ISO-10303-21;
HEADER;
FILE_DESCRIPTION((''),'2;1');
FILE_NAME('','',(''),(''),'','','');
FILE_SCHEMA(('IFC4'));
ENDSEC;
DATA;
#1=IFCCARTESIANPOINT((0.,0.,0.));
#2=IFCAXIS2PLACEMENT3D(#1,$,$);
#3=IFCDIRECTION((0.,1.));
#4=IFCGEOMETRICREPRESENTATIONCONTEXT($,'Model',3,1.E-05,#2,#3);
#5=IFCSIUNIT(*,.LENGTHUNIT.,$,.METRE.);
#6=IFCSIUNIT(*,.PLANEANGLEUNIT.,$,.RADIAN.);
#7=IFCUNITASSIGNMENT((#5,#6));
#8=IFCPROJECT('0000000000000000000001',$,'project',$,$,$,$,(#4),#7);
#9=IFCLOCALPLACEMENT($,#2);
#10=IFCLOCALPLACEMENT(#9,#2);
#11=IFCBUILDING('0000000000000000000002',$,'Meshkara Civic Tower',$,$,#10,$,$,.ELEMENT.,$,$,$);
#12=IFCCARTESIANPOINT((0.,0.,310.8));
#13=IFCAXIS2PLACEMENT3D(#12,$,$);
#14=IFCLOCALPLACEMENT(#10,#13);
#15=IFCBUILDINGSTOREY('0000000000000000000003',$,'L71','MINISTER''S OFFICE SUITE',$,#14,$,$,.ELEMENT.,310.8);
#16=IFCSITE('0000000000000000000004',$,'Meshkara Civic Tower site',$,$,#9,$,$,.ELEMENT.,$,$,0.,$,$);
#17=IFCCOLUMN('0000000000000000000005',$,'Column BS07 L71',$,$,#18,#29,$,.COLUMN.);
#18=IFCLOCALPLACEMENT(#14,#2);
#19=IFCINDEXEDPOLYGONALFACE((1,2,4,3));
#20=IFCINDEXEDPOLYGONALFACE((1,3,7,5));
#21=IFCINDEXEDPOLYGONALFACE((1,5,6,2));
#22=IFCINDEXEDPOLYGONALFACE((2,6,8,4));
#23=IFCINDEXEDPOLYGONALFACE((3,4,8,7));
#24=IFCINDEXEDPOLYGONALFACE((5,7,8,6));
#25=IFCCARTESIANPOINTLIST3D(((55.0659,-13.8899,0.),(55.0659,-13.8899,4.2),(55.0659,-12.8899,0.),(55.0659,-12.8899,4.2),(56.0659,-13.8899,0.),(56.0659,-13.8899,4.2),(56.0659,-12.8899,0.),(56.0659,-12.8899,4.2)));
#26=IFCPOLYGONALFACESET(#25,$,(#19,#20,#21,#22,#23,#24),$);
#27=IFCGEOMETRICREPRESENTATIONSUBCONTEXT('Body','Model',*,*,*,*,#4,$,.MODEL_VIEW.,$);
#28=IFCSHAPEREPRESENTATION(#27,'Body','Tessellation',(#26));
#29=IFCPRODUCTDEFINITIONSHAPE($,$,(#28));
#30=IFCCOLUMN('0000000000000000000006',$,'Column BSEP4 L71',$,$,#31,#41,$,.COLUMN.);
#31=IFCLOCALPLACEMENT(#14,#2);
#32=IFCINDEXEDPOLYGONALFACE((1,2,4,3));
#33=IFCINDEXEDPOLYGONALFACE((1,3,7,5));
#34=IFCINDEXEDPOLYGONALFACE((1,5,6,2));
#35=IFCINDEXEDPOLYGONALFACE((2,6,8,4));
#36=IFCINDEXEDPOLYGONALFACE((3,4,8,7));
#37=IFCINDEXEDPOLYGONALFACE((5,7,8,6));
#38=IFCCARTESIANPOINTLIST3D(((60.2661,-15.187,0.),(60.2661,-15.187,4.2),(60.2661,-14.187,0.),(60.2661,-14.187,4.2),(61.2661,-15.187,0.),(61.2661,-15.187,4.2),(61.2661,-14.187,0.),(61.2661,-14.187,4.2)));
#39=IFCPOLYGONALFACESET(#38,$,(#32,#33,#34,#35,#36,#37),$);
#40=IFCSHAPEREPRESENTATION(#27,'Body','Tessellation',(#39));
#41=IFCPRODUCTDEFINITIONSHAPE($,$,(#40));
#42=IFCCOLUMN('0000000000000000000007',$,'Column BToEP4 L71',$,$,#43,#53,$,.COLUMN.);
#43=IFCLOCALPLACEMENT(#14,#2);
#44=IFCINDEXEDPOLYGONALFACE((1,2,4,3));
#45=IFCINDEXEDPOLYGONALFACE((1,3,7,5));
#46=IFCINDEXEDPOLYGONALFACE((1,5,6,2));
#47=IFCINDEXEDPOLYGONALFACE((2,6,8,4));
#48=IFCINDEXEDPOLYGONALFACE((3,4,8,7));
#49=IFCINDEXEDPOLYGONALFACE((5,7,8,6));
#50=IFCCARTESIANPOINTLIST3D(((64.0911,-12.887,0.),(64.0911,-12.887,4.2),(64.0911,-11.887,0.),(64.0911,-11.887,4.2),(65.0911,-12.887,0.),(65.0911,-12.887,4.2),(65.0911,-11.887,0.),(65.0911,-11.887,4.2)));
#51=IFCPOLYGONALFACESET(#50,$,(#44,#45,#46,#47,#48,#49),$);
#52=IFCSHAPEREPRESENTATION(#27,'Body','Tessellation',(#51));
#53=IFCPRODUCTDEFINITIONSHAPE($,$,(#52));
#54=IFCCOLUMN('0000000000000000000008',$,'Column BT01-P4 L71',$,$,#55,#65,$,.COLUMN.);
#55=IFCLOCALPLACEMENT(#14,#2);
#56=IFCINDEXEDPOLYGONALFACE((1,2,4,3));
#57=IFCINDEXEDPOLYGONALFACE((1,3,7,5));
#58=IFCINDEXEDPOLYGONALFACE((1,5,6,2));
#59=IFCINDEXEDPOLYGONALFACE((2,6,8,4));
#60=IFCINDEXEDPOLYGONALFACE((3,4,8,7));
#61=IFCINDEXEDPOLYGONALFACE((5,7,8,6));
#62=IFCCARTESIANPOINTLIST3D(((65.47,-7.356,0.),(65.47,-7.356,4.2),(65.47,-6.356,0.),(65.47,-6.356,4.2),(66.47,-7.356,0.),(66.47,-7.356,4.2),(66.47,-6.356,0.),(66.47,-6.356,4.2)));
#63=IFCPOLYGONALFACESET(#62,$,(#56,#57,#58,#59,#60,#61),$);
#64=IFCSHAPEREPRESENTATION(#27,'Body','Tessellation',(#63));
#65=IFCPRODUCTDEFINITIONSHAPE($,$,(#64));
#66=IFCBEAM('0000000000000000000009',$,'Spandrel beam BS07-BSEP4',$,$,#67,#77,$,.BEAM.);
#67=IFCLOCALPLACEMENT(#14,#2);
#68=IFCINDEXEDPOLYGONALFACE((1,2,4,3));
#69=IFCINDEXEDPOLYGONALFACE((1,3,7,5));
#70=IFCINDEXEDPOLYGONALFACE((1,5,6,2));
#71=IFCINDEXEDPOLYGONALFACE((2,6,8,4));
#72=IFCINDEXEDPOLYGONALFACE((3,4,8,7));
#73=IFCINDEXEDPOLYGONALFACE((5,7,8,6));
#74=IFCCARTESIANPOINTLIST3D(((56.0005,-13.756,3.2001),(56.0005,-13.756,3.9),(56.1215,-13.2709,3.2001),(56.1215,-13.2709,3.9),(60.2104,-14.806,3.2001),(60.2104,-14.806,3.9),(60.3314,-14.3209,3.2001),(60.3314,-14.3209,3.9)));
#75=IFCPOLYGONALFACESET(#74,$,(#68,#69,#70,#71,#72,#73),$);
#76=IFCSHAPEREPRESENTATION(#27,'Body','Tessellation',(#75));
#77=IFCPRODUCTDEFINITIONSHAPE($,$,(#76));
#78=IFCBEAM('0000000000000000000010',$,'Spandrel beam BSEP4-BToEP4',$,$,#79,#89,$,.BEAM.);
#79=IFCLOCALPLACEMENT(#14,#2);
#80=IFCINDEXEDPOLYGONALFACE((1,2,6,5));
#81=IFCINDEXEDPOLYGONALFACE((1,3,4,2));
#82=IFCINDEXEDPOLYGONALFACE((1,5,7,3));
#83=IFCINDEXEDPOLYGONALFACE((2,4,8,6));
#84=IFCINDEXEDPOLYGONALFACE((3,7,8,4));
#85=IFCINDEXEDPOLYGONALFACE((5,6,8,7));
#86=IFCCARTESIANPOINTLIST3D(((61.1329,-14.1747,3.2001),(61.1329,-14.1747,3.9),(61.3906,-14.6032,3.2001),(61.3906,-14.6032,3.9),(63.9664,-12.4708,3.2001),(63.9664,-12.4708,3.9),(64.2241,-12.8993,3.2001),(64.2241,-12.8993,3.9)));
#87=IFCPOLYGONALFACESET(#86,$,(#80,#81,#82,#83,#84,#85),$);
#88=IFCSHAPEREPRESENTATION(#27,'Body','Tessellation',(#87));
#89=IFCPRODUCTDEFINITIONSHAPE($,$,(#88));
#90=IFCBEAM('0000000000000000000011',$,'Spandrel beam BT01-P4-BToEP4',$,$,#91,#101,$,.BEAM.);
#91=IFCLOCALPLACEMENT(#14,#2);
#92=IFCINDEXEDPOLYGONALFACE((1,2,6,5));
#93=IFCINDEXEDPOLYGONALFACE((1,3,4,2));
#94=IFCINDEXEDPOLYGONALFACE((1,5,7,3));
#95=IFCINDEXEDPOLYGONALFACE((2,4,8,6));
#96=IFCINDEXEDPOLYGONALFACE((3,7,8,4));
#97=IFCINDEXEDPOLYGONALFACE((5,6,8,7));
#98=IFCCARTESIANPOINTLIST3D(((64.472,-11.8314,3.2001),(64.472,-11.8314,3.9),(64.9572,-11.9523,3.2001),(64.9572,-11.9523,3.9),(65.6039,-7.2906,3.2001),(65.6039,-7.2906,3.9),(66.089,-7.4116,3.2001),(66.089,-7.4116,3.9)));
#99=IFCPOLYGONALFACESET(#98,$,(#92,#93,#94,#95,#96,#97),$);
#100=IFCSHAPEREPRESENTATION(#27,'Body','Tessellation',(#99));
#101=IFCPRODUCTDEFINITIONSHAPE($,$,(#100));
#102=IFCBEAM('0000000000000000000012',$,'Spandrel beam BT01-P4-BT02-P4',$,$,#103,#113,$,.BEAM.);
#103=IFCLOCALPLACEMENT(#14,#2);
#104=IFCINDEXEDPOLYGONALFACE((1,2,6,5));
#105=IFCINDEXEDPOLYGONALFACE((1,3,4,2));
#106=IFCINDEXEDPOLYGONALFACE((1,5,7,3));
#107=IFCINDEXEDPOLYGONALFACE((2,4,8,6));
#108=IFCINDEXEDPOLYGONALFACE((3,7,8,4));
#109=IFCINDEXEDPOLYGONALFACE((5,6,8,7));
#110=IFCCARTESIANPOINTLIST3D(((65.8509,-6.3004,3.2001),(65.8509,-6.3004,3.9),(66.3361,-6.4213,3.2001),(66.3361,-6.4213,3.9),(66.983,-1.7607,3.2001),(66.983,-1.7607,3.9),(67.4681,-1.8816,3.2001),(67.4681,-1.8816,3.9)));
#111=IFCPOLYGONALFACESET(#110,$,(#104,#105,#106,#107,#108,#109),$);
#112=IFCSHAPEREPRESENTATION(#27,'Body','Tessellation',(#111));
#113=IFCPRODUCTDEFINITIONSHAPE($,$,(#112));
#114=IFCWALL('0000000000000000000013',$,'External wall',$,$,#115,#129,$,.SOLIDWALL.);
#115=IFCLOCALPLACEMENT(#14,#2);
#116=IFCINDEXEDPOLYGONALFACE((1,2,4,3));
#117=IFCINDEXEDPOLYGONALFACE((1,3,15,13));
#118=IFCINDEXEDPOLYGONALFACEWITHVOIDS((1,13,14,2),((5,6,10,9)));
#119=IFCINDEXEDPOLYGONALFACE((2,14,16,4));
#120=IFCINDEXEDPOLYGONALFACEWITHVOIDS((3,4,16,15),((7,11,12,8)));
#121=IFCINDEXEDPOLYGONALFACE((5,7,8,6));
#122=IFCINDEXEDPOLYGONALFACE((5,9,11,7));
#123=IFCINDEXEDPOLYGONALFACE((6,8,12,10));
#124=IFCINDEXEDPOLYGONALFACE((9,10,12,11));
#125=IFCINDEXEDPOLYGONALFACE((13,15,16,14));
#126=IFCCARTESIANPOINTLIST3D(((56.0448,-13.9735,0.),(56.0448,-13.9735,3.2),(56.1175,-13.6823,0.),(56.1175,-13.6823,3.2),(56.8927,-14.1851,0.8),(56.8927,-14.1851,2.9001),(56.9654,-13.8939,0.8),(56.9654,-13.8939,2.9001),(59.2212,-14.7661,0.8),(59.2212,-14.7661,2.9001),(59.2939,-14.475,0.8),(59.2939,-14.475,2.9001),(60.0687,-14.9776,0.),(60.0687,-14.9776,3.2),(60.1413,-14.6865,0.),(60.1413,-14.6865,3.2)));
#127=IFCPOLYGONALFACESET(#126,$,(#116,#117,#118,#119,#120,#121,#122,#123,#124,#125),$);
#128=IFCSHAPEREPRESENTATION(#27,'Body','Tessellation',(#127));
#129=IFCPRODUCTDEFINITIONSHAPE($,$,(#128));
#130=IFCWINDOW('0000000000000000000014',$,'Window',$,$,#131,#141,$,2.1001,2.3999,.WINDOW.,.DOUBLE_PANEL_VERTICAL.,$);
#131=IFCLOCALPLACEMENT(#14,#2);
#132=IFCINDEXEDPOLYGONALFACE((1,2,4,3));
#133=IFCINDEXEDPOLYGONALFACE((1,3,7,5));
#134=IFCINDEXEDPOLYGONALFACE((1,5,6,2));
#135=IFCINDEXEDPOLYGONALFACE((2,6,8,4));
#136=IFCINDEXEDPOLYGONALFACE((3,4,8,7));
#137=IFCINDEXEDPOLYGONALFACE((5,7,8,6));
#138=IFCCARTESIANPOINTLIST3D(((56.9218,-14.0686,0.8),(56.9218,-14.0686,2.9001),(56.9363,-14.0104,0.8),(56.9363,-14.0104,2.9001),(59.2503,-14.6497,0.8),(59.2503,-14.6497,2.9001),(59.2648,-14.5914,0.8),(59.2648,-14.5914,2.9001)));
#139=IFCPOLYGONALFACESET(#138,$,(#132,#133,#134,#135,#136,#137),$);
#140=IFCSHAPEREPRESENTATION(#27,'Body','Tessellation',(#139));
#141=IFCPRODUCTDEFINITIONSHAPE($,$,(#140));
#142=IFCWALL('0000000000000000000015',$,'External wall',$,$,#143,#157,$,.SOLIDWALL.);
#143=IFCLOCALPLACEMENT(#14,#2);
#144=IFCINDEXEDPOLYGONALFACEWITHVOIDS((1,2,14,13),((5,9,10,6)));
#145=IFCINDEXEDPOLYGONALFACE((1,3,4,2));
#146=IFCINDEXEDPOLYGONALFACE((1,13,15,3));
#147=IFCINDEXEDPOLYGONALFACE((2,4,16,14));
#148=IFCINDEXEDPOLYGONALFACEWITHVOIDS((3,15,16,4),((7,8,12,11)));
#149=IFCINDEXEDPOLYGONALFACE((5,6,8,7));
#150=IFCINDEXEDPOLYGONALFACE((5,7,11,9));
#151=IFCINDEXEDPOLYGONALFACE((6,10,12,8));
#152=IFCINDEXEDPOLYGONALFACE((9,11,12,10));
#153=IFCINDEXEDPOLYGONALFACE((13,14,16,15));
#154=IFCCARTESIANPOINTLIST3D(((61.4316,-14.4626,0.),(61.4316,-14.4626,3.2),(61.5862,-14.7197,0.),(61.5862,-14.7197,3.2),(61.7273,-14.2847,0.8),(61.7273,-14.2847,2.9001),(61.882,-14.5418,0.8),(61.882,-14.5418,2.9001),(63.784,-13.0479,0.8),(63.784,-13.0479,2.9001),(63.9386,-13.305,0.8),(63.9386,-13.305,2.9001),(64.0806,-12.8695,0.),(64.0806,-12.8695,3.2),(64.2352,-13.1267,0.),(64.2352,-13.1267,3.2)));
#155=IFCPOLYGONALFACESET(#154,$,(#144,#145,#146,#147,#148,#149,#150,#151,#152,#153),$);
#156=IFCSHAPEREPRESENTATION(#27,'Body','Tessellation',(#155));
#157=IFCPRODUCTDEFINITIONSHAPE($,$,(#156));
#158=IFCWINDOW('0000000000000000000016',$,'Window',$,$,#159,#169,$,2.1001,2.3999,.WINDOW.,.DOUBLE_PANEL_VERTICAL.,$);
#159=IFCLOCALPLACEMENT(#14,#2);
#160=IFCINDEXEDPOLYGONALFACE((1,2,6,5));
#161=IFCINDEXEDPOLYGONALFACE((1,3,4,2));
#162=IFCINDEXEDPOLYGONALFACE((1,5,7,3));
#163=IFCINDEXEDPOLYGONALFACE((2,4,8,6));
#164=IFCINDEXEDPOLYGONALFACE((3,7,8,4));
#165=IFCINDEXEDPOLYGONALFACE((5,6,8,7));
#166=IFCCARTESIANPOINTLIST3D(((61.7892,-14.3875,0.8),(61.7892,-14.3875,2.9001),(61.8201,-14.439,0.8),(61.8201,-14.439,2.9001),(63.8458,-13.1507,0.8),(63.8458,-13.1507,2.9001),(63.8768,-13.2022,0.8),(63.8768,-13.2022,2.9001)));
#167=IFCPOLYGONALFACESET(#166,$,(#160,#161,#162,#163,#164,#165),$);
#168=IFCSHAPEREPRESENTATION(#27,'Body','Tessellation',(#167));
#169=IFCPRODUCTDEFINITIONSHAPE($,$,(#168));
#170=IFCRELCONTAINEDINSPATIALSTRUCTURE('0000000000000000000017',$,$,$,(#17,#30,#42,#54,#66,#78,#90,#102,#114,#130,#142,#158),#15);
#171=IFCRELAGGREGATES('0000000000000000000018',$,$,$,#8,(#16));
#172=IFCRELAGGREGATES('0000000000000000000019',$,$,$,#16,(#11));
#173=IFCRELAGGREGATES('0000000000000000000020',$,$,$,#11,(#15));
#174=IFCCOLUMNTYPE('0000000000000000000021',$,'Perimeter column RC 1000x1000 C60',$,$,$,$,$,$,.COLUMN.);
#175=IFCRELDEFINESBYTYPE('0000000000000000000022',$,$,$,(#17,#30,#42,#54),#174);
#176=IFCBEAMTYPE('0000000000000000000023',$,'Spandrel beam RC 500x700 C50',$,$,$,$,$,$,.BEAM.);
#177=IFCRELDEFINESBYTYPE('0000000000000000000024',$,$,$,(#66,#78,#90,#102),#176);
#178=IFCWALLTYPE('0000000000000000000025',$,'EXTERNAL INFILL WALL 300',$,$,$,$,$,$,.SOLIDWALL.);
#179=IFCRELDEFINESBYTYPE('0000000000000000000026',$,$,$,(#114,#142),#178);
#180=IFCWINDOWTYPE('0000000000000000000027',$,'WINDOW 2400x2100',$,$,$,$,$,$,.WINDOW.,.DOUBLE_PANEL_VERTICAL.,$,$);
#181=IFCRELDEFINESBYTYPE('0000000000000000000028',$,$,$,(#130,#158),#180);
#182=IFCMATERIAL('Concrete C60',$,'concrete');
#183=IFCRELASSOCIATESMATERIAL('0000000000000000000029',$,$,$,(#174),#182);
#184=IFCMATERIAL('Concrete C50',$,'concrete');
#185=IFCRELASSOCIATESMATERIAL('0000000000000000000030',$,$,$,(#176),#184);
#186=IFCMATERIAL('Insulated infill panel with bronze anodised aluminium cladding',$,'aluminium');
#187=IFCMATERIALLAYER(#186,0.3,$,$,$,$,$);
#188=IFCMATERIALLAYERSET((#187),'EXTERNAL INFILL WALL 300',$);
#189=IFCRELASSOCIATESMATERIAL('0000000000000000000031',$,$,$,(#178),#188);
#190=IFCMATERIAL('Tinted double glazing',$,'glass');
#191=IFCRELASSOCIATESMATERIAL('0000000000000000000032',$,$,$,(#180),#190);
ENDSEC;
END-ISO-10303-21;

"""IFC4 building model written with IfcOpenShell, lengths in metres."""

from ifc_helpers import new_model, si_unit, direction, frame, frame_2d, origin, origin_2d, place, context, subcontext, project, spatial, rectangle, extrude, material, layer, layer_set, material_profile, profile_set, type_object, element, fill, save


model = new_model("IFC4")

# Units and contexts
model_context = context("Model", 3, precision=1e-05, world=origin(), true_north=direction((0.0, 1.0)))
body_context = subcontext(model_context, "Body", "Model", "MODEL_VIEW")
ifc_project = project(units=[si_unit("LENGTHUNIT", "METRE"), si_unit("PLANEANGLEUNIT", "RADIAN")], contexts=[model_context])

# Site, building, storey
site_placement = place(None, origin())
site = spatial("IfcSite", under=ifc_project, at=site_placement, Name="Meshkara Civic Tower site", CompositionType="ELEMENT", RefElevation=0.0)
building_placement = place(site_placement, origin())
building = spatial("IfcBuilding", under=site, at=building_placement, Name="Meshkara Civic Tower", CompositionType="ELEMENT")
storey_placement = place(building_placement, frame((0.0, 0.0, 310.8)))
storey = spatial("IfcBuildingStorey", under=building, at=storey_placement, Name="L71", Description="MINISTER'S OFFICE SUITE", CompositionType="ELEMENT", Elevation=310.8)

# Columns
ifc_material_1 = material(Name="Concrete C60", Category="concrete")
ifc_material_profile_1 = material_profile(ifc_material_1, rectangle(XDim=1.0, YDim=1.0, at=origin_2d()))
ifc_profile_set_1 = profile_set([ifc_material_profile_1], Name="Concrete C60")
column_type = type_object("IfcColumnType", Name="Perimeter column RC 1000x1000 C60", PredefinedType="COLUMN", material=ifc_profile_set_1)
for number, where, z_axis, x_axis, name in (
    (1, (55.5659, -13.3899, 0.0), (0.0, 0.0, 1.0), (1.0, 0.0, 0.0), "Column BS07 L71"),
    (2, (60.7661, -14.687, 0.0), (0.0, 0.0, 1.0), (1.0, 0.0, 0.0), "Column BSEP4 L71"),
    (3, (64.5911, -12.387, 0.0), (0.0, 0.0, 1.0), (1.0, 0.0, 0.0), "Column BToEP4 L71"),
    (4, (65.97, -6.856, 0.0), (0.0, 0.0, 1.0), (1.0, 0.0, 0.0), "Column BT01-P4 L71"),
):
    element("IfcColumn", number, at=place(storey_placement, frame(where, z_axis=z_axis, x_axis=x_axis)), inside=storey, type_object=column_type, Name=name, PredefinedType="COLUMN", context=body_context, shape_type="SweptSolid", body=[
        extrude(rectangle(XDim=1.0, YDim=1.0, at=origin_2d()), origin(), (0.0, 0.0, 1.0), 4.2),
    ])

# Beams
ifc_material_2 = material(Name="Concrete C50", Category="concrete")
ifc_material_profile_2 = material_profile(ifc_material_2, rectangle(XDim=0.5, YDim=0.7, at=origin_2d()))
ifc_profile_set_2 = profile_set([ifc_material_profile_2], Name="Concrete C50")
beam_type = type_object("IfcBeamType", Name="Spandrel beam RC 500x700 C50", PredefinedType="BEAM", material=ifc_profile_set_2)
beam_1_placement = place(storey_placement, frame((56.061, -13.5134, 3.55), z_axis=(0.970275, -0.242006, 0.0), x_axis=(0.242006, 0.970275, 0.0)))
element("IfcBeam", 5, at=beam_1_placement, inside=storey, type_object=beam_type, Name="Spandrel beam BS07-BSEP4", PredefinedType="BEAM", context=body_context, shape_type="SweptSolid", body=[
    extrude(rectangle(XDim=0.5, YDim=0.7, at=origin_2d()), origin(), (0.0, 0.0, 1.0), 4.3389),
])
beam_2_placement = place(storey_placement, frame((61.2617, -14.3889, 3.55), z_axis=(0.856991, 0.515332, 0.0), x_axis=(-0.515332, 0.856991, 0.0)))
element("IfcBeam", 6, at=beam_2_placement, inside=storey, type_object=beam_type, Name="Spandrel beam BSEP4-BToEP4", PredefinedType="BEAM", context=body_context, shape_type="SweptSolid", body=[
    extrude(rectangle(XDim=0.5, YDim=0.7, at=origin_2d()), origin(), (0.0, 0.0, 1.0), 3.3064),
])
beam_3_placement = place(storey_placement, frame((64.7146, -11.8918, 3.55), z_axis=(0.24186, 0.970311, 0.0), x_axis=(-0.970311, 0.24186, 0.0)))
element("IfcBeam", 7, at=beam_3_placement, inside=storey, type_object=beam_type, Name="Spandrel beam BT01-P4-BToEP4", PredefinedType="BEAM", context=body_context, shape_type="SweptSolid", body=[
    extrude(rectangle(XDim=0.5, YDim=0.7, at=origin_2d()), origin(), (0.0, 0.0, 1.0), 4.6797),
])
beam_4_placement = place(storey_placement, frame((66.0935, -6.3608, 3.55), z_axis=(0.241959, 0.970287, 0.0), x_axis=(-0.970287, 0.241959, 0.0)))
element("IfcBeam", 8, at=beam_4_placement, inside=storey, type_object=beam_type, Name="Spandrel beam BT01-P4-BT02-P4", PredefinedType="BEAM", context=body_context, shape_type="SweptSolid", body=[
    extrude(rectangle(XDim=0.5, YDim=0.7, at=origin_2d()), origin(), (0.0, 0.0, 1.0), 4.6787),
])

# Walls, openings, windows
ifc_material_3 = material(Name="Insulated infill panel with bronze anodised aluminium cladding", Category="aluminium")
ifc_layer_1 = layer(ifc_material_3, 0.3)
ifc_layer_set_1 = layer_set([ifc_layer_1], Name="EXTERNAL INFILL WALL 300")
wall_type_1 = type_object("IfcWallType", Name="EXTERNAL INFILL WALL 300", PredefinedType="SOLIDWALL", material=ifc_layer_set_1)
wall_1_placement = place(storey_placement, frame((56.0811, -13.8279, 0.0), z_axis=(0.0, 0.0, 1.0), x_axis=(0.970246, -0.24212, 0.0)))
wall_1 = element("IfcWall", 9, at=wall_1_placement, inside=storey, type_object=wall_type_1, Name="External wall", PredefinedType="SOLIDWALL", context=body_context, shape_type="SweptSolid", body=[
    extrude(rectangle(XDim=4.1472, YDim=0.3, at=frame_2d((2.0737, 0.0))), origin(), (0.0, 0.0, 1.0), 3.2),
])
opening_1_placement = place(wall_1_placement, frame((0.874, 0.0, 0.8)))
opening_1 = element("IfcOpeningElement", 10, at=opening_1_placement, cuts=wall_1, PredefinedType="OPENING", context=body_context, shape_type="SweptSolid", body=[
    extrude(rectangle(XDim=2.3999, YDim=2.1001, at=frame_2d((1.2, 1.05))), frame((0.0, 0.1599, 0.0), z_axis=(0.0, -1.0, 0.0), x_axis=(1.0, 0.0, 0.0)), (0.0, 0.0, 1.0), 0.3201),
])
ifc_material_4 = material(Name="Tinted double glazing", Category="glass")
window_type = type_object("IfcWindowType", Name="WINDOW 2400x2100", PartitioningType="DOUBLE_PANEL_VERTICAL", PredefinedType="WINDOW", material=ifc_material_4)
window_1_placement = place(opening_1_placement, origin())
window_1 = element("IfcWindow", 11, at=window_1_placement, inside=storey, type_object=window_type, Name="Window", OverallHeight=2.1001, OverallWidth=2.3999, PartitioningType="DOUBLE_PANEL_VERTICAL", PredefinedType="WINDOW", context=body_context, shape_type="SweptSolid", body=[
    extrude(rectangle(XDim=2.3999, YDim=2.1001, at=frame_2d((1.2, 1.05))), frame((0.0, 0.03, 0.0), z_axis=(0.0, -1.0, 0.0), x_axis=(1.0, 0.0, 0.0)), (0.0, 0.0, 1.0), 0.0601),
])
fill(opening_1, window_1)
wall_2_placement = place(storey_placement, frame((61.509, -14.5911, 0.0), z_axis=(0.0, 0.0, 1.0), x_axis=(0.85697, 0.515367, 0.0)))
wall_2 = element("IfcWall", 12, at=wall_2_placement, inside=storey, type_object=wall_type_1, Name="External wall", PredefinedType="SOLIDWALL", context=body_context, shape_type="SweptSolid", body=[
    extrude(rectangle(XDim=3.0911, YDim=0.3, at=frame_2d((1.5454, 0.0))), origin(), (0.0, 0.0, 1.0), 3.2),
])
opening_2_placement = place(wall_2_placement, frame((0.345, 0.0, 0.8)))
opening_2 = element("IfcOpeningElement", 13, at=opening_2_placement, cuts=wall_2, PredefinedType="OPENING", context=body_context, shape_type="SweptSolid", body=[
    extrude(rectangle(XDim=2.3999, YDim=2.1001, at=frame_2d((1.2, 1.05))), frame((0.0, 0.1599, 0.0), z_axis=(0.0, -1.0, 0.0), x_axis=(1.0, 0.0, 0.0)), (0.0, 0.0, 1.0), 0.3201),
])
window_2_placement = place(opening_2_placement, origin())
window_2 = element("IfcWindow", 14, at=window_2_placement, inside=storey, type_object=window_type, Name="Window", OverallHeight=2.1001, OverallWidth=2.3999, PartitioningType="DOUBLE_PANEL_VERTICAL", PredefinedType="WINDOW", context=body_context, shape_type="SweptSolid", body=[
    extrude(rectangle(XDim=2.3999, YDim=2.1001, at=frame_2d((1.2, 1.05))), frame((0.0, 0.03, 0.0), z_axis=(0.0, -1.0, 0.0), x_axis=(1.0, 0.0, 0.0)), (0.0, 0.0, 1.0), 0.0601),
])
fill(opening_2, window_2)

save(model, "model.ifc")
